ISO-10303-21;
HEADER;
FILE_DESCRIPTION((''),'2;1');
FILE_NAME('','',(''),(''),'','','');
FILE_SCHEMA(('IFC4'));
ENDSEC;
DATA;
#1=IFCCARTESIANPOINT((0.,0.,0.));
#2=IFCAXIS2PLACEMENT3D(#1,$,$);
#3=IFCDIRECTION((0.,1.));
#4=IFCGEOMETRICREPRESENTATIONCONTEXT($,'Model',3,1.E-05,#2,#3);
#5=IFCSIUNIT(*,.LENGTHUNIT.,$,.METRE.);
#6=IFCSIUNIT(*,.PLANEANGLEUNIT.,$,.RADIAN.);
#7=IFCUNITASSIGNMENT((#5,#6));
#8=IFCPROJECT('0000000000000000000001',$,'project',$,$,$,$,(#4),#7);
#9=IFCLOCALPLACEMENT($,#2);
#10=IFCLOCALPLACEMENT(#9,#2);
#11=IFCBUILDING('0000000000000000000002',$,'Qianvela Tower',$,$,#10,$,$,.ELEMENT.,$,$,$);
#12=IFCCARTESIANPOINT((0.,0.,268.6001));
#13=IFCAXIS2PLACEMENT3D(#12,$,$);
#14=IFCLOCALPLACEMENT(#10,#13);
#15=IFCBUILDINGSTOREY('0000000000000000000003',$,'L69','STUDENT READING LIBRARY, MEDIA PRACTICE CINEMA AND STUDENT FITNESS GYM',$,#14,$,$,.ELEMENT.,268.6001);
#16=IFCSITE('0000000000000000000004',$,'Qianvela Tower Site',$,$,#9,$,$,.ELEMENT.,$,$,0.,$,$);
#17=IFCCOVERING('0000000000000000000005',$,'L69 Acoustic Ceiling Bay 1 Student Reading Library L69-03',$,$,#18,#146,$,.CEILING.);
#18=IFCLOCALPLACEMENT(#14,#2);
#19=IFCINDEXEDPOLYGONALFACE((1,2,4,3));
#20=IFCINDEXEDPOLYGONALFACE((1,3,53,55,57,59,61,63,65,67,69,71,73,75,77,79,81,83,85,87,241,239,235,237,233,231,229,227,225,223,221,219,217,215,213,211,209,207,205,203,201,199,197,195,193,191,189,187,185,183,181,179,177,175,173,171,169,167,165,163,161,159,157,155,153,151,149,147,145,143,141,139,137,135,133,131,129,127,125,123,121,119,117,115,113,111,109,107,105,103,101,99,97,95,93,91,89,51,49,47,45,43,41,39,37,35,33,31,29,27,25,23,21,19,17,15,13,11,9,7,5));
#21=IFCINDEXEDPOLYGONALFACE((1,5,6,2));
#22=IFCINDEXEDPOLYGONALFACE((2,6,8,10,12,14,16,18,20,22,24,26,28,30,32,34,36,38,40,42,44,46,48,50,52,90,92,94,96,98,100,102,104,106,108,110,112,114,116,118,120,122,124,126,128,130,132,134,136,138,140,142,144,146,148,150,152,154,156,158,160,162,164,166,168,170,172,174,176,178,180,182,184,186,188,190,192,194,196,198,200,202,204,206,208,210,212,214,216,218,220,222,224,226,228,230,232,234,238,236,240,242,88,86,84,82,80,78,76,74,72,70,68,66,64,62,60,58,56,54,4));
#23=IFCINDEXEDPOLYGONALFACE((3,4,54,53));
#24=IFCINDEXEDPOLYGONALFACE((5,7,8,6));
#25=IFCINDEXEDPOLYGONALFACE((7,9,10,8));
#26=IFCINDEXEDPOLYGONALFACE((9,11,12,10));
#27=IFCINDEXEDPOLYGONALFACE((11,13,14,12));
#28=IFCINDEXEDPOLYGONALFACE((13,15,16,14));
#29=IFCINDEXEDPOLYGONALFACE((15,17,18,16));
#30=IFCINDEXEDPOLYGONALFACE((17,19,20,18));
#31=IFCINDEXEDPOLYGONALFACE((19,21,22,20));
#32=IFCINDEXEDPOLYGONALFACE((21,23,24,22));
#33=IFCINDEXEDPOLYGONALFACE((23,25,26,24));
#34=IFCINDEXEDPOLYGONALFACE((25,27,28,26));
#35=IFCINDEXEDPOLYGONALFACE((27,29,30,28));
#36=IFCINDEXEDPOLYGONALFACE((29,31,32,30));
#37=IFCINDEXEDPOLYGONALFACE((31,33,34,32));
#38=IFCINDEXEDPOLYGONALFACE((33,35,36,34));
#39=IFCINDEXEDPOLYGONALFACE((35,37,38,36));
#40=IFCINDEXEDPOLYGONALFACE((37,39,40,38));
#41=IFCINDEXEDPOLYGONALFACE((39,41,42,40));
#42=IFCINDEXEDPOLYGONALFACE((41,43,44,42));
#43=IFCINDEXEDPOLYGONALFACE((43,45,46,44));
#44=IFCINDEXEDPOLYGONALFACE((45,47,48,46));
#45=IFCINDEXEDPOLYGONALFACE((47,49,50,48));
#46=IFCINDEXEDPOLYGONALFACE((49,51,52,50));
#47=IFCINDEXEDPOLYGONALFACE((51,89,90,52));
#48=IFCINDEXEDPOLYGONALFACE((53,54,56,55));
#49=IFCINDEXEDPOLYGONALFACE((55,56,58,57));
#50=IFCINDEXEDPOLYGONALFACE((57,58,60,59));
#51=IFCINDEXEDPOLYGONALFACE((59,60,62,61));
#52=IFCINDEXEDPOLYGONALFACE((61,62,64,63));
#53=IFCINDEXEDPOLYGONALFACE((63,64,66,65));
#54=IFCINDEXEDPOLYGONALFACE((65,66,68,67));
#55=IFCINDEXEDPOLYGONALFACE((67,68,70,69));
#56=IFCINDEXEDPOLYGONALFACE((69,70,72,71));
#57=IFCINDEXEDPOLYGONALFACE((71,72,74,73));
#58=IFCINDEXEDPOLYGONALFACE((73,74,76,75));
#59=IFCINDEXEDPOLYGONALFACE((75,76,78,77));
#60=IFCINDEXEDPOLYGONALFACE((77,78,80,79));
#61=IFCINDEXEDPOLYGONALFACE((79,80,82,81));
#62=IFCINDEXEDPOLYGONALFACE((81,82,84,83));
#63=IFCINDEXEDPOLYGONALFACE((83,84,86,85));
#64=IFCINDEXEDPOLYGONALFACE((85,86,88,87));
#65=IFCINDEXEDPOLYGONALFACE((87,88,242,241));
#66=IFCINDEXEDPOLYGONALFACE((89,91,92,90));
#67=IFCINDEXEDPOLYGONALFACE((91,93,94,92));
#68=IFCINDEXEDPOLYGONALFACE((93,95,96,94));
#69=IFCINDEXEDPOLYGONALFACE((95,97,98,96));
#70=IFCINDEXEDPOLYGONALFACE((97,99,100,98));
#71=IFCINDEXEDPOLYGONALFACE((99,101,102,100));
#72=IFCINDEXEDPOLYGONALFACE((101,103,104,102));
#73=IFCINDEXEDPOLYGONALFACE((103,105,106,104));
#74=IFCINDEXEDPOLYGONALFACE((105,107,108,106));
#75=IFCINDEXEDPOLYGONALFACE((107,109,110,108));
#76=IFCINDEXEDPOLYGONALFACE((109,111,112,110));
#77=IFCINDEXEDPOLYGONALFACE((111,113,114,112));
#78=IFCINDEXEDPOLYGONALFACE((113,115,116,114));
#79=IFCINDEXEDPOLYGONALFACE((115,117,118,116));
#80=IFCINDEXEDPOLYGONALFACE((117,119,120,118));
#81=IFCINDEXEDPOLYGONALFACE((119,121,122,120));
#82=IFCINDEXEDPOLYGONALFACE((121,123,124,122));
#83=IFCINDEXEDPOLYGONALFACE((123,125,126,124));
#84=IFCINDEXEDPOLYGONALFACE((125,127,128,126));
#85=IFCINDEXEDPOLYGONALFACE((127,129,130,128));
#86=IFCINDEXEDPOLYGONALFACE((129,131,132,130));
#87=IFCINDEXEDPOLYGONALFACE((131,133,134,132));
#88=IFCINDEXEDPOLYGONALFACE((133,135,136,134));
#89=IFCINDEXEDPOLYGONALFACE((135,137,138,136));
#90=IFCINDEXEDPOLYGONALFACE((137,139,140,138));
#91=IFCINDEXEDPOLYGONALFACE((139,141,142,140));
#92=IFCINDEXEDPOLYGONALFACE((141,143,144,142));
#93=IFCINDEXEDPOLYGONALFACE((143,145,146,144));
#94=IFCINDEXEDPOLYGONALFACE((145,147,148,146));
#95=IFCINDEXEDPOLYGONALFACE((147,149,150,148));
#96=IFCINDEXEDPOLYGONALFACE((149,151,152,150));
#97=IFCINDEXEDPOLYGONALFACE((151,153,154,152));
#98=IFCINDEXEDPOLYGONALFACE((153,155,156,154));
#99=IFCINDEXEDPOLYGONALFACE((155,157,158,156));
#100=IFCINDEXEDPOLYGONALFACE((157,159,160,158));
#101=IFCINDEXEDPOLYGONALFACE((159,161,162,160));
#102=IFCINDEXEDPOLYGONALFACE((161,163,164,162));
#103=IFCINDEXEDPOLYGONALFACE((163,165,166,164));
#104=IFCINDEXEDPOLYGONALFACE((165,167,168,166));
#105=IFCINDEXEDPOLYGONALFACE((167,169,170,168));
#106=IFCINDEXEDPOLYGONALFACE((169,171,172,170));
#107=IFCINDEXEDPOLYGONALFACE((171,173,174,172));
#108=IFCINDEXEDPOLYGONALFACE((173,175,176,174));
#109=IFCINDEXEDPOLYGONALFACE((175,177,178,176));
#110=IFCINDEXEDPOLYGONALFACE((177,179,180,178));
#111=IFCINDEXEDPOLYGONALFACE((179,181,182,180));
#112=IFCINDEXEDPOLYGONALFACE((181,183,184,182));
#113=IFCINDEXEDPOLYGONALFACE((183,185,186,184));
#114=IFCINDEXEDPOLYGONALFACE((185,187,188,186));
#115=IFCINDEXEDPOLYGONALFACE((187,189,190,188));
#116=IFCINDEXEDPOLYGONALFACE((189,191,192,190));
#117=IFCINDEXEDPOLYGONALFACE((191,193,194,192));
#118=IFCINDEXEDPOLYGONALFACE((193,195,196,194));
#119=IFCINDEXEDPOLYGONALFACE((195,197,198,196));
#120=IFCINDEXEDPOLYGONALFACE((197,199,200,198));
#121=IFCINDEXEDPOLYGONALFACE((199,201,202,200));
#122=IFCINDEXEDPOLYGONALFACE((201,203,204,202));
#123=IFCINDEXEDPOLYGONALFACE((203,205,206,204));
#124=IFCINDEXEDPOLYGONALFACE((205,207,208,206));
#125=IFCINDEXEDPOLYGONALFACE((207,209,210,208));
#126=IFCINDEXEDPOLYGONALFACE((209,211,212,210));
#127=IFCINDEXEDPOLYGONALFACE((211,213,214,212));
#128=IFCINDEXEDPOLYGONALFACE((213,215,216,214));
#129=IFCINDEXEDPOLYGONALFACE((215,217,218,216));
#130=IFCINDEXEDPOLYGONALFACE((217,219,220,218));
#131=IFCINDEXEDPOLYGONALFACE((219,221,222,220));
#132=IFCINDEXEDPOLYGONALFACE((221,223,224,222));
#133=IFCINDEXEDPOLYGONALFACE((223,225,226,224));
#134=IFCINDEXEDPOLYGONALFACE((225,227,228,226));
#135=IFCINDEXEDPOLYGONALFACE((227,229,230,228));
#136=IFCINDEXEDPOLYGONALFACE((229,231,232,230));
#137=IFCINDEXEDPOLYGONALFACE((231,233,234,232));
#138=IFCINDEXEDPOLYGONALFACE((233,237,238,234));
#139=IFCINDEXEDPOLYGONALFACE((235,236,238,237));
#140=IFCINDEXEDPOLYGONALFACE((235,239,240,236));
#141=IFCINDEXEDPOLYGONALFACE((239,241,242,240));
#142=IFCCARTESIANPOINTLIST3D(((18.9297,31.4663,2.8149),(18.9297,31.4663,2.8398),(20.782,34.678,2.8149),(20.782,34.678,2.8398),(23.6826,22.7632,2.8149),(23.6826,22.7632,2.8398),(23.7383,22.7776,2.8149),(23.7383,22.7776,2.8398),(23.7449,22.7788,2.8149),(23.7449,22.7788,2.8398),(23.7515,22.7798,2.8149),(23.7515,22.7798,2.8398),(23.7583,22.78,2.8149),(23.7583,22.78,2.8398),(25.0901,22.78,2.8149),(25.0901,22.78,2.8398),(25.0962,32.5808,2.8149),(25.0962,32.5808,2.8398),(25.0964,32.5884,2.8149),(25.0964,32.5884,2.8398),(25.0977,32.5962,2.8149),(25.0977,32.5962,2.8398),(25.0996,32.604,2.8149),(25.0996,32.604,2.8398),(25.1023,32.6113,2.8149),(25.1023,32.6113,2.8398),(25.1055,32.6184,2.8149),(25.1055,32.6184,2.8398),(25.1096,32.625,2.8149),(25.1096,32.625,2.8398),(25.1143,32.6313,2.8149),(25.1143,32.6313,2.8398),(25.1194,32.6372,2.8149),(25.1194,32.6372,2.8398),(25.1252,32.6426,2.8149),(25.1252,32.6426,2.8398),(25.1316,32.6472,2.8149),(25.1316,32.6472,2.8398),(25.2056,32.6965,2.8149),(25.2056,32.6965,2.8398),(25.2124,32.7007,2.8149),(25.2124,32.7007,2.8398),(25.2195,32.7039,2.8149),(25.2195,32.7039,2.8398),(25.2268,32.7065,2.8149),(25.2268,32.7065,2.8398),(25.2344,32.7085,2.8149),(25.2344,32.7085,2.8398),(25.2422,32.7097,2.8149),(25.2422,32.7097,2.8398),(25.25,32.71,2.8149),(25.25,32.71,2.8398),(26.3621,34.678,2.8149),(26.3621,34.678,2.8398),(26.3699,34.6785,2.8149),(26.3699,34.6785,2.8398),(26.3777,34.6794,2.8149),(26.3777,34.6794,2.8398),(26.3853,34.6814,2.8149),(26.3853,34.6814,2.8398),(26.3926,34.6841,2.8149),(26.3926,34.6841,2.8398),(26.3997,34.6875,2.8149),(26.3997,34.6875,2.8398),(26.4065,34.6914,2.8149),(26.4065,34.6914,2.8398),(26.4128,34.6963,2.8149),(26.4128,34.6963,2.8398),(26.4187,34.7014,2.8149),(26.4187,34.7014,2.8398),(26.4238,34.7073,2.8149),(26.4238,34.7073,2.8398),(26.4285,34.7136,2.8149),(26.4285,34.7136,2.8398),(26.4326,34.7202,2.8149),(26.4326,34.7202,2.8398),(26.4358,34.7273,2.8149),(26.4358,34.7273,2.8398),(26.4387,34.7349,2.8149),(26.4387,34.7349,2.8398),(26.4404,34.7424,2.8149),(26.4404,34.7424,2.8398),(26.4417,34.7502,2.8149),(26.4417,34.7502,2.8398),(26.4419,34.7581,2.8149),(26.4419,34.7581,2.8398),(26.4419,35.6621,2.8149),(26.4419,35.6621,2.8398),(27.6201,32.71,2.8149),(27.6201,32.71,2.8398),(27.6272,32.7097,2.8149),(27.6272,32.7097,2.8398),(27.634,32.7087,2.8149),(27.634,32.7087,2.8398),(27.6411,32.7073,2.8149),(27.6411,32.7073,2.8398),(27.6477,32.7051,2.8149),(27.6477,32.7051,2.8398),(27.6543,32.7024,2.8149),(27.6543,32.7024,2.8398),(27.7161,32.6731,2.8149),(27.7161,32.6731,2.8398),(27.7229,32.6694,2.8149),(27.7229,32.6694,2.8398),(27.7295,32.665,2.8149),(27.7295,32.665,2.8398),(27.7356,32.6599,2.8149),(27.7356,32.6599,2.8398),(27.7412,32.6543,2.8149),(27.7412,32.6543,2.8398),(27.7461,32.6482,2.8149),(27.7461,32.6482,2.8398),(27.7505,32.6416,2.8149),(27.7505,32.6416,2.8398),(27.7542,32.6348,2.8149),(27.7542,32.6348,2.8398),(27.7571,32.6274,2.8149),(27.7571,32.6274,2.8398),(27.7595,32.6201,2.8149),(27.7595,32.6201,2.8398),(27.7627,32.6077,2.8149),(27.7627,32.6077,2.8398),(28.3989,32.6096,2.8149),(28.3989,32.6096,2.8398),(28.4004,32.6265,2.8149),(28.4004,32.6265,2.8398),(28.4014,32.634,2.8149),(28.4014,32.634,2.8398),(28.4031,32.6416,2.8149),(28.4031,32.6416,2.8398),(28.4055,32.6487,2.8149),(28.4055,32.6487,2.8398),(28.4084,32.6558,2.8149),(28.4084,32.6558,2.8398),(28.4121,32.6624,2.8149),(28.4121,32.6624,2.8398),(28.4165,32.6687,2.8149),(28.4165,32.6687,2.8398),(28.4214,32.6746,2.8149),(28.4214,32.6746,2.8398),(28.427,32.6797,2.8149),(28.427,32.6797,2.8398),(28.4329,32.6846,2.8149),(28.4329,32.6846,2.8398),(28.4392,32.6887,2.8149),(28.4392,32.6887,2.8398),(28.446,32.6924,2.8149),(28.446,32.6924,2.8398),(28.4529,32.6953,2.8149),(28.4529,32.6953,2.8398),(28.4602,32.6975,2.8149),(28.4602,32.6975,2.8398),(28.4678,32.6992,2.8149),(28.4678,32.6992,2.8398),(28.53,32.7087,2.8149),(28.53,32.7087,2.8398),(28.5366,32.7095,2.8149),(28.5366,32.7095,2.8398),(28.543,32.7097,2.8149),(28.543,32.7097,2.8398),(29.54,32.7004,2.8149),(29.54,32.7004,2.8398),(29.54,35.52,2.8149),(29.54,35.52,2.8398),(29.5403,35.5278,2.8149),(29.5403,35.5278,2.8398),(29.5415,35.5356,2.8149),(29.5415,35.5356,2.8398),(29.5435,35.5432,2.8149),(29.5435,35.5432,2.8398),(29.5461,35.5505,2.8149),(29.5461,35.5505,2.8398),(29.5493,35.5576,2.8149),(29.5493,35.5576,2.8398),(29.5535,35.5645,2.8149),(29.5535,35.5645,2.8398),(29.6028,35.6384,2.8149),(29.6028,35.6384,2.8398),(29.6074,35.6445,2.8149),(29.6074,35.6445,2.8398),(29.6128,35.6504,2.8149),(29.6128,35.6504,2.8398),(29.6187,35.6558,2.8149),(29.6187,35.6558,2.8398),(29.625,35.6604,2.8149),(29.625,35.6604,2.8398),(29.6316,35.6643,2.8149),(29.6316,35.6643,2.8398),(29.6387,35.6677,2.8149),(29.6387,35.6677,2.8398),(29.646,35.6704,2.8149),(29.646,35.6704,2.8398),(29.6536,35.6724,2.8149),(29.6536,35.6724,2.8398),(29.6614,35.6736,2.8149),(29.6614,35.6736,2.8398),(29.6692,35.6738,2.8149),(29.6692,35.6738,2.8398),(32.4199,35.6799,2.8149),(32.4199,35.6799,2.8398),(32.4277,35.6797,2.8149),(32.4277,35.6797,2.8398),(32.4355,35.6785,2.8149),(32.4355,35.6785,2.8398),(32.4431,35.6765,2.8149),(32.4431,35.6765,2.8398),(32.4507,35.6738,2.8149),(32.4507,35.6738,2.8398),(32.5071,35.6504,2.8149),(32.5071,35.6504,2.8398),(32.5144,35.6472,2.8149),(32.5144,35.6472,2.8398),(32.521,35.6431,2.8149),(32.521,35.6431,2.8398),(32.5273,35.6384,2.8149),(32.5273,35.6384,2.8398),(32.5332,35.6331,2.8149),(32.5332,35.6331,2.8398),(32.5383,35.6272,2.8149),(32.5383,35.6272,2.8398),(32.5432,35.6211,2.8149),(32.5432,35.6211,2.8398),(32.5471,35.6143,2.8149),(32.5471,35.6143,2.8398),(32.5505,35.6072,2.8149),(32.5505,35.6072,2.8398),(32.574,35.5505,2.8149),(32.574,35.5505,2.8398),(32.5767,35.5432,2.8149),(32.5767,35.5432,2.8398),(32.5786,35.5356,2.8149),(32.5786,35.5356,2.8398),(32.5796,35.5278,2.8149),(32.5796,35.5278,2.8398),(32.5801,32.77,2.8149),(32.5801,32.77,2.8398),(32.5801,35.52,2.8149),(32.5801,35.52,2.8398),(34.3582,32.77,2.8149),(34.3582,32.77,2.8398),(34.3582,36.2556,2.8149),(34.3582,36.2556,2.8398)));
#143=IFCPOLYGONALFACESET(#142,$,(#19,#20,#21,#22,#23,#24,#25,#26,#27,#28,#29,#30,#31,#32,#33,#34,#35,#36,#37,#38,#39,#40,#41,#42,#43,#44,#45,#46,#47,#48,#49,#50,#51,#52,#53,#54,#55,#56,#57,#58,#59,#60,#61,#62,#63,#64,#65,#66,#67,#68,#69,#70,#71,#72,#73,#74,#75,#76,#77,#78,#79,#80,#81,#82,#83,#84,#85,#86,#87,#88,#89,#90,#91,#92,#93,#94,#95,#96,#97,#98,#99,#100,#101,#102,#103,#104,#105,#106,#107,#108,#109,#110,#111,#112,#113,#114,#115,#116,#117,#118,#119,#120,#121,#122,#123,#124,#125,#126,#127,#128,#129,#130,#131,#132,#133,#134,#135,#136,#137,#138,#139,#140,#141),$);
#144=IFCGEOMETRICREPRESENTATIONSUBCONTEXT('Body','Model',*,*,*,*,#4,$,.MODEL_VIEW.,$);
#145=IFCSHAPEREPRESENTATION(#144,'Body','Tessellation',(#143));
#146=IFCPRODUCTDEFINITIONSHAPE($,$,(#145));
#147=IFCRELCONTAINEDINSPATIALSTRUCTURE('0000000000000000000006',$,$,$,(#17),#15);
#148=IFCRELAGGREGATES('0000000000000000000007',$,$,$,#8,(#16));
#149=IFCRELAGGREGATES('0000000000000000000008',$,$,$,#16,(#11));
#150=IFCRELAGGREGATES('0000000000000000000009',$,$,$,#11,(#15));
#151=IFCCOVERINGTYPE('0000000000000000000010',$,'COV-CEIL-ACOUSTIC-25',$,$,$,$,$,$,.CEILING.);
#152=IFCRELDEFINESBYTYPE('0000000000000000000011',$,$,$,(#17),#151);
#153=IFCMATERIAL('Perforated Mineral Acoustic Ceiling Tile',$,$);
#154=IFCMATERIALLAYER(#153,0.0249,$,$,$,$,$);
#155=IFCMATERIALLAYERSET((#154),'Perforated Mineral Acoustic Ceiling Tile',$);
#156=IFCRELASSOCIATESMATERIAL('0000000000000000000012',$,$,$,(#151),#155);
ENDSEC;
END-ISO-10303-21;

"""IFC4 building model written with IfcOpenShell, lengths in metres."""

from ifc_helpers import new_model, si_unit, direction, frame, origin, place, context, subcontext, project, spatial, polyline, outline, extrude, material, layer, layer_set, type_object, element, save


model = new_model("IFC4")

# Units and contexts
model_context = context("Model", 3, precision=1e-05, world=origin(), true_north=direction((0.0, 1.0)))
body_context = subcontext(model_context, "Body", "Model", "MODEL_VIEW")
ifc_project = project(units=[si_unit("LENGTHUNIT", "METRE"), si_unit("PLANEANGLEUNIT", "RADIAN")], contexts=[model_context])

# Site, building, storey
site_placement = place(None, origin())
site = spatial("IfcSite", under=ifc_project, at=site_placement, Name="Qianvela Tower Site", CompositionType="ELEMENT", RefElevation=0.0)
building_placement = place(site_placement, origin())
building = spatial("IfcBuilding", under=site, at=building_placement, Name="Qianvela Tower", CompositionType="ELEMENT")
storey_placement = place(building_placement, frame((0.0, 0.0, 268.6001)))
storey = spatial("IfcBuildingStorey", under=building, at=storey_placement, Name="L69", Description="STUDENT READING LIBRARY, MEDIA PRACTICE CINEMA AND STUDENT FITNESS GYM", CompositionType="ELEMENT", Elevation=268.6001)

# Covering
ifc_material_1 = material(Name="Perforated Mineral Acoustic Ceiling Tile")
ifc_layer_1 = layer(ifc_material_1, 0.0249)
ifc_layer_set_1 = layer_set([ifc_layer_1], Name="Perforated Mineral Acoustic Ceiling Tile")
covering_type_1 = type_object("IfcCoveringType", Name="COV-CEIL-ACOUSTIC-25", PredefinedType="CEILING", material=ifc_layer_set_1)
covering_1_placement = place(storey_placement, frame((0.0, 0.0, 2.8149)))
element("IfcCovering", 1, at=covering_1_placement, inside=storey, type_object=covering_type_1, Name="L69 Acoustic Ceiling Bay 1 Student Reading Library L69-03", PredefinedType="CEILING", context=body_context, shape_type="SweptSolid", body=[
    extrude(outline(polyline([(34.3582, 36.2556), (34.3582, 32.77), (32.5801, 32.77), (32.5801, 35.52), (32.5796, 35.5278), (32.5786, 35.5356), (32.5767, 35.5432), (32.574, 35.5505), (32.5505, 35.6072), (32.5471, 35.6143), (32.5432, 35.6211), (32.5383, 35.6272), (32.5332, 35.6331), (32.5273, 35.6384), (32.521, 35.6431), (32.5144, 35.6472), (32.5071, 35.6504), (32.4507, 35.6738), (32.4431, 35.6765), (32.4355, 35.6785), (32.4277, 35.6797), (32.4199, 35.6799), (29.6692, 35.6738), (29.6614, 35.6736), (29.6536, 35.6724), (29.646, 35.6704), (29.6387, 35.6677), (29.6316, 35.6643), (29.625, 35.6604), (29.6187, 35.6558), (29.6128, 35.6504), (29.6074, 35.6445), (29.6028, 35.6384), (29.5535, 35.5645), (29.5493, 35.5576), (29.5461, 35.5505), (29.5435, 35.5432), (29.5415, 35.5356), (29.5403, 35.5278), (29.54, 35.52), (29.54, 32.7004), (28.543, 32.7097), (28.5366, 32.7095), (28.53, 32.7087), (28.4678, 32.6992), (28.4602, 32.6975), (28.4529, 32.6953), (28.446, 32.6924), (28.4392, 32.6887), (28.4329, 32.6846), (28.427, 32.6797), (28.4214, 32.6746), (28.4165, 32.6687), (28.4121, 32.6624), (28.4084, 32.6558), (28.4055, 32.6487), (28.4031, 32.6416), (28.4014, 32.634), (28.4004, 32.6265), (28.3989, 32.6096), (27.7627, 32.6077), (27.7595, 32.6201), (27.7571, 32.6274), (27.7542, 32.6348), (27.7505, 32.6416), (27.7461, 32.6482), (27.7412, 32.6543), (27.7356, 32.6599), (27.7295, 32.665), (27.7229, 32.6694), (27.7161, 32.6731), (27.6543, 32.7024), (27.6477, 32.7051), (27.6411, 32.7073), (27.634, 32.7087), (27.6272, 32.7097), (27.6201, 32.71), (25.25, 32.71), (25.2422, 32.7097), (25.2344, 32.7085), (25.2268, 32.7065), (25.2195, 32.7039), (25.2124, 32.7007), (25.2056, 32.6965), (25.1316, 32.6472), (25.1252, 32.6426), (25.1194, 32.6372), (25.1143, 32.6313), (25.1096, 32.625), (25.1055, 32.6184), (25.1023, 32.6113), (25.0996, 32.604), (25.0977, 32.5962), (25.0964, 32.5884), (25.0962, 32.5808), (25.0901, 22.78), (23.7583, 22.78), (23.7515, 22.7798), (23.7449, 22.7788), (23.7383, 22.7776), (23.6826, 22.7632), (18.9297, 31.4663), (20.782, 34.678), (26.3621, 34.678), (26.3699, 34.6785), (26.3777, 34.6794), (26.3853, 34.6814), (26.3926, 34.6841), (26.3997, 34.6875), (26.4065, 34.6914), (26.4128, 34.6963), (26.4187, 34.7014), (26.4238, 34.7073), (26.4285, 34.7136), (26.4326, 34.7202), (26.4358, 34.7273), (26.4387, 34.7349), (26.4404, 34.7424), (26.4417, 34.7502), (26.4419, 34.7581), (26.4419, 35.6621), (34.3582, 36.2556)])), origin(), (0.0, 0.0, 1.0), 0.0249),
])

save(model, "model.ifc")
